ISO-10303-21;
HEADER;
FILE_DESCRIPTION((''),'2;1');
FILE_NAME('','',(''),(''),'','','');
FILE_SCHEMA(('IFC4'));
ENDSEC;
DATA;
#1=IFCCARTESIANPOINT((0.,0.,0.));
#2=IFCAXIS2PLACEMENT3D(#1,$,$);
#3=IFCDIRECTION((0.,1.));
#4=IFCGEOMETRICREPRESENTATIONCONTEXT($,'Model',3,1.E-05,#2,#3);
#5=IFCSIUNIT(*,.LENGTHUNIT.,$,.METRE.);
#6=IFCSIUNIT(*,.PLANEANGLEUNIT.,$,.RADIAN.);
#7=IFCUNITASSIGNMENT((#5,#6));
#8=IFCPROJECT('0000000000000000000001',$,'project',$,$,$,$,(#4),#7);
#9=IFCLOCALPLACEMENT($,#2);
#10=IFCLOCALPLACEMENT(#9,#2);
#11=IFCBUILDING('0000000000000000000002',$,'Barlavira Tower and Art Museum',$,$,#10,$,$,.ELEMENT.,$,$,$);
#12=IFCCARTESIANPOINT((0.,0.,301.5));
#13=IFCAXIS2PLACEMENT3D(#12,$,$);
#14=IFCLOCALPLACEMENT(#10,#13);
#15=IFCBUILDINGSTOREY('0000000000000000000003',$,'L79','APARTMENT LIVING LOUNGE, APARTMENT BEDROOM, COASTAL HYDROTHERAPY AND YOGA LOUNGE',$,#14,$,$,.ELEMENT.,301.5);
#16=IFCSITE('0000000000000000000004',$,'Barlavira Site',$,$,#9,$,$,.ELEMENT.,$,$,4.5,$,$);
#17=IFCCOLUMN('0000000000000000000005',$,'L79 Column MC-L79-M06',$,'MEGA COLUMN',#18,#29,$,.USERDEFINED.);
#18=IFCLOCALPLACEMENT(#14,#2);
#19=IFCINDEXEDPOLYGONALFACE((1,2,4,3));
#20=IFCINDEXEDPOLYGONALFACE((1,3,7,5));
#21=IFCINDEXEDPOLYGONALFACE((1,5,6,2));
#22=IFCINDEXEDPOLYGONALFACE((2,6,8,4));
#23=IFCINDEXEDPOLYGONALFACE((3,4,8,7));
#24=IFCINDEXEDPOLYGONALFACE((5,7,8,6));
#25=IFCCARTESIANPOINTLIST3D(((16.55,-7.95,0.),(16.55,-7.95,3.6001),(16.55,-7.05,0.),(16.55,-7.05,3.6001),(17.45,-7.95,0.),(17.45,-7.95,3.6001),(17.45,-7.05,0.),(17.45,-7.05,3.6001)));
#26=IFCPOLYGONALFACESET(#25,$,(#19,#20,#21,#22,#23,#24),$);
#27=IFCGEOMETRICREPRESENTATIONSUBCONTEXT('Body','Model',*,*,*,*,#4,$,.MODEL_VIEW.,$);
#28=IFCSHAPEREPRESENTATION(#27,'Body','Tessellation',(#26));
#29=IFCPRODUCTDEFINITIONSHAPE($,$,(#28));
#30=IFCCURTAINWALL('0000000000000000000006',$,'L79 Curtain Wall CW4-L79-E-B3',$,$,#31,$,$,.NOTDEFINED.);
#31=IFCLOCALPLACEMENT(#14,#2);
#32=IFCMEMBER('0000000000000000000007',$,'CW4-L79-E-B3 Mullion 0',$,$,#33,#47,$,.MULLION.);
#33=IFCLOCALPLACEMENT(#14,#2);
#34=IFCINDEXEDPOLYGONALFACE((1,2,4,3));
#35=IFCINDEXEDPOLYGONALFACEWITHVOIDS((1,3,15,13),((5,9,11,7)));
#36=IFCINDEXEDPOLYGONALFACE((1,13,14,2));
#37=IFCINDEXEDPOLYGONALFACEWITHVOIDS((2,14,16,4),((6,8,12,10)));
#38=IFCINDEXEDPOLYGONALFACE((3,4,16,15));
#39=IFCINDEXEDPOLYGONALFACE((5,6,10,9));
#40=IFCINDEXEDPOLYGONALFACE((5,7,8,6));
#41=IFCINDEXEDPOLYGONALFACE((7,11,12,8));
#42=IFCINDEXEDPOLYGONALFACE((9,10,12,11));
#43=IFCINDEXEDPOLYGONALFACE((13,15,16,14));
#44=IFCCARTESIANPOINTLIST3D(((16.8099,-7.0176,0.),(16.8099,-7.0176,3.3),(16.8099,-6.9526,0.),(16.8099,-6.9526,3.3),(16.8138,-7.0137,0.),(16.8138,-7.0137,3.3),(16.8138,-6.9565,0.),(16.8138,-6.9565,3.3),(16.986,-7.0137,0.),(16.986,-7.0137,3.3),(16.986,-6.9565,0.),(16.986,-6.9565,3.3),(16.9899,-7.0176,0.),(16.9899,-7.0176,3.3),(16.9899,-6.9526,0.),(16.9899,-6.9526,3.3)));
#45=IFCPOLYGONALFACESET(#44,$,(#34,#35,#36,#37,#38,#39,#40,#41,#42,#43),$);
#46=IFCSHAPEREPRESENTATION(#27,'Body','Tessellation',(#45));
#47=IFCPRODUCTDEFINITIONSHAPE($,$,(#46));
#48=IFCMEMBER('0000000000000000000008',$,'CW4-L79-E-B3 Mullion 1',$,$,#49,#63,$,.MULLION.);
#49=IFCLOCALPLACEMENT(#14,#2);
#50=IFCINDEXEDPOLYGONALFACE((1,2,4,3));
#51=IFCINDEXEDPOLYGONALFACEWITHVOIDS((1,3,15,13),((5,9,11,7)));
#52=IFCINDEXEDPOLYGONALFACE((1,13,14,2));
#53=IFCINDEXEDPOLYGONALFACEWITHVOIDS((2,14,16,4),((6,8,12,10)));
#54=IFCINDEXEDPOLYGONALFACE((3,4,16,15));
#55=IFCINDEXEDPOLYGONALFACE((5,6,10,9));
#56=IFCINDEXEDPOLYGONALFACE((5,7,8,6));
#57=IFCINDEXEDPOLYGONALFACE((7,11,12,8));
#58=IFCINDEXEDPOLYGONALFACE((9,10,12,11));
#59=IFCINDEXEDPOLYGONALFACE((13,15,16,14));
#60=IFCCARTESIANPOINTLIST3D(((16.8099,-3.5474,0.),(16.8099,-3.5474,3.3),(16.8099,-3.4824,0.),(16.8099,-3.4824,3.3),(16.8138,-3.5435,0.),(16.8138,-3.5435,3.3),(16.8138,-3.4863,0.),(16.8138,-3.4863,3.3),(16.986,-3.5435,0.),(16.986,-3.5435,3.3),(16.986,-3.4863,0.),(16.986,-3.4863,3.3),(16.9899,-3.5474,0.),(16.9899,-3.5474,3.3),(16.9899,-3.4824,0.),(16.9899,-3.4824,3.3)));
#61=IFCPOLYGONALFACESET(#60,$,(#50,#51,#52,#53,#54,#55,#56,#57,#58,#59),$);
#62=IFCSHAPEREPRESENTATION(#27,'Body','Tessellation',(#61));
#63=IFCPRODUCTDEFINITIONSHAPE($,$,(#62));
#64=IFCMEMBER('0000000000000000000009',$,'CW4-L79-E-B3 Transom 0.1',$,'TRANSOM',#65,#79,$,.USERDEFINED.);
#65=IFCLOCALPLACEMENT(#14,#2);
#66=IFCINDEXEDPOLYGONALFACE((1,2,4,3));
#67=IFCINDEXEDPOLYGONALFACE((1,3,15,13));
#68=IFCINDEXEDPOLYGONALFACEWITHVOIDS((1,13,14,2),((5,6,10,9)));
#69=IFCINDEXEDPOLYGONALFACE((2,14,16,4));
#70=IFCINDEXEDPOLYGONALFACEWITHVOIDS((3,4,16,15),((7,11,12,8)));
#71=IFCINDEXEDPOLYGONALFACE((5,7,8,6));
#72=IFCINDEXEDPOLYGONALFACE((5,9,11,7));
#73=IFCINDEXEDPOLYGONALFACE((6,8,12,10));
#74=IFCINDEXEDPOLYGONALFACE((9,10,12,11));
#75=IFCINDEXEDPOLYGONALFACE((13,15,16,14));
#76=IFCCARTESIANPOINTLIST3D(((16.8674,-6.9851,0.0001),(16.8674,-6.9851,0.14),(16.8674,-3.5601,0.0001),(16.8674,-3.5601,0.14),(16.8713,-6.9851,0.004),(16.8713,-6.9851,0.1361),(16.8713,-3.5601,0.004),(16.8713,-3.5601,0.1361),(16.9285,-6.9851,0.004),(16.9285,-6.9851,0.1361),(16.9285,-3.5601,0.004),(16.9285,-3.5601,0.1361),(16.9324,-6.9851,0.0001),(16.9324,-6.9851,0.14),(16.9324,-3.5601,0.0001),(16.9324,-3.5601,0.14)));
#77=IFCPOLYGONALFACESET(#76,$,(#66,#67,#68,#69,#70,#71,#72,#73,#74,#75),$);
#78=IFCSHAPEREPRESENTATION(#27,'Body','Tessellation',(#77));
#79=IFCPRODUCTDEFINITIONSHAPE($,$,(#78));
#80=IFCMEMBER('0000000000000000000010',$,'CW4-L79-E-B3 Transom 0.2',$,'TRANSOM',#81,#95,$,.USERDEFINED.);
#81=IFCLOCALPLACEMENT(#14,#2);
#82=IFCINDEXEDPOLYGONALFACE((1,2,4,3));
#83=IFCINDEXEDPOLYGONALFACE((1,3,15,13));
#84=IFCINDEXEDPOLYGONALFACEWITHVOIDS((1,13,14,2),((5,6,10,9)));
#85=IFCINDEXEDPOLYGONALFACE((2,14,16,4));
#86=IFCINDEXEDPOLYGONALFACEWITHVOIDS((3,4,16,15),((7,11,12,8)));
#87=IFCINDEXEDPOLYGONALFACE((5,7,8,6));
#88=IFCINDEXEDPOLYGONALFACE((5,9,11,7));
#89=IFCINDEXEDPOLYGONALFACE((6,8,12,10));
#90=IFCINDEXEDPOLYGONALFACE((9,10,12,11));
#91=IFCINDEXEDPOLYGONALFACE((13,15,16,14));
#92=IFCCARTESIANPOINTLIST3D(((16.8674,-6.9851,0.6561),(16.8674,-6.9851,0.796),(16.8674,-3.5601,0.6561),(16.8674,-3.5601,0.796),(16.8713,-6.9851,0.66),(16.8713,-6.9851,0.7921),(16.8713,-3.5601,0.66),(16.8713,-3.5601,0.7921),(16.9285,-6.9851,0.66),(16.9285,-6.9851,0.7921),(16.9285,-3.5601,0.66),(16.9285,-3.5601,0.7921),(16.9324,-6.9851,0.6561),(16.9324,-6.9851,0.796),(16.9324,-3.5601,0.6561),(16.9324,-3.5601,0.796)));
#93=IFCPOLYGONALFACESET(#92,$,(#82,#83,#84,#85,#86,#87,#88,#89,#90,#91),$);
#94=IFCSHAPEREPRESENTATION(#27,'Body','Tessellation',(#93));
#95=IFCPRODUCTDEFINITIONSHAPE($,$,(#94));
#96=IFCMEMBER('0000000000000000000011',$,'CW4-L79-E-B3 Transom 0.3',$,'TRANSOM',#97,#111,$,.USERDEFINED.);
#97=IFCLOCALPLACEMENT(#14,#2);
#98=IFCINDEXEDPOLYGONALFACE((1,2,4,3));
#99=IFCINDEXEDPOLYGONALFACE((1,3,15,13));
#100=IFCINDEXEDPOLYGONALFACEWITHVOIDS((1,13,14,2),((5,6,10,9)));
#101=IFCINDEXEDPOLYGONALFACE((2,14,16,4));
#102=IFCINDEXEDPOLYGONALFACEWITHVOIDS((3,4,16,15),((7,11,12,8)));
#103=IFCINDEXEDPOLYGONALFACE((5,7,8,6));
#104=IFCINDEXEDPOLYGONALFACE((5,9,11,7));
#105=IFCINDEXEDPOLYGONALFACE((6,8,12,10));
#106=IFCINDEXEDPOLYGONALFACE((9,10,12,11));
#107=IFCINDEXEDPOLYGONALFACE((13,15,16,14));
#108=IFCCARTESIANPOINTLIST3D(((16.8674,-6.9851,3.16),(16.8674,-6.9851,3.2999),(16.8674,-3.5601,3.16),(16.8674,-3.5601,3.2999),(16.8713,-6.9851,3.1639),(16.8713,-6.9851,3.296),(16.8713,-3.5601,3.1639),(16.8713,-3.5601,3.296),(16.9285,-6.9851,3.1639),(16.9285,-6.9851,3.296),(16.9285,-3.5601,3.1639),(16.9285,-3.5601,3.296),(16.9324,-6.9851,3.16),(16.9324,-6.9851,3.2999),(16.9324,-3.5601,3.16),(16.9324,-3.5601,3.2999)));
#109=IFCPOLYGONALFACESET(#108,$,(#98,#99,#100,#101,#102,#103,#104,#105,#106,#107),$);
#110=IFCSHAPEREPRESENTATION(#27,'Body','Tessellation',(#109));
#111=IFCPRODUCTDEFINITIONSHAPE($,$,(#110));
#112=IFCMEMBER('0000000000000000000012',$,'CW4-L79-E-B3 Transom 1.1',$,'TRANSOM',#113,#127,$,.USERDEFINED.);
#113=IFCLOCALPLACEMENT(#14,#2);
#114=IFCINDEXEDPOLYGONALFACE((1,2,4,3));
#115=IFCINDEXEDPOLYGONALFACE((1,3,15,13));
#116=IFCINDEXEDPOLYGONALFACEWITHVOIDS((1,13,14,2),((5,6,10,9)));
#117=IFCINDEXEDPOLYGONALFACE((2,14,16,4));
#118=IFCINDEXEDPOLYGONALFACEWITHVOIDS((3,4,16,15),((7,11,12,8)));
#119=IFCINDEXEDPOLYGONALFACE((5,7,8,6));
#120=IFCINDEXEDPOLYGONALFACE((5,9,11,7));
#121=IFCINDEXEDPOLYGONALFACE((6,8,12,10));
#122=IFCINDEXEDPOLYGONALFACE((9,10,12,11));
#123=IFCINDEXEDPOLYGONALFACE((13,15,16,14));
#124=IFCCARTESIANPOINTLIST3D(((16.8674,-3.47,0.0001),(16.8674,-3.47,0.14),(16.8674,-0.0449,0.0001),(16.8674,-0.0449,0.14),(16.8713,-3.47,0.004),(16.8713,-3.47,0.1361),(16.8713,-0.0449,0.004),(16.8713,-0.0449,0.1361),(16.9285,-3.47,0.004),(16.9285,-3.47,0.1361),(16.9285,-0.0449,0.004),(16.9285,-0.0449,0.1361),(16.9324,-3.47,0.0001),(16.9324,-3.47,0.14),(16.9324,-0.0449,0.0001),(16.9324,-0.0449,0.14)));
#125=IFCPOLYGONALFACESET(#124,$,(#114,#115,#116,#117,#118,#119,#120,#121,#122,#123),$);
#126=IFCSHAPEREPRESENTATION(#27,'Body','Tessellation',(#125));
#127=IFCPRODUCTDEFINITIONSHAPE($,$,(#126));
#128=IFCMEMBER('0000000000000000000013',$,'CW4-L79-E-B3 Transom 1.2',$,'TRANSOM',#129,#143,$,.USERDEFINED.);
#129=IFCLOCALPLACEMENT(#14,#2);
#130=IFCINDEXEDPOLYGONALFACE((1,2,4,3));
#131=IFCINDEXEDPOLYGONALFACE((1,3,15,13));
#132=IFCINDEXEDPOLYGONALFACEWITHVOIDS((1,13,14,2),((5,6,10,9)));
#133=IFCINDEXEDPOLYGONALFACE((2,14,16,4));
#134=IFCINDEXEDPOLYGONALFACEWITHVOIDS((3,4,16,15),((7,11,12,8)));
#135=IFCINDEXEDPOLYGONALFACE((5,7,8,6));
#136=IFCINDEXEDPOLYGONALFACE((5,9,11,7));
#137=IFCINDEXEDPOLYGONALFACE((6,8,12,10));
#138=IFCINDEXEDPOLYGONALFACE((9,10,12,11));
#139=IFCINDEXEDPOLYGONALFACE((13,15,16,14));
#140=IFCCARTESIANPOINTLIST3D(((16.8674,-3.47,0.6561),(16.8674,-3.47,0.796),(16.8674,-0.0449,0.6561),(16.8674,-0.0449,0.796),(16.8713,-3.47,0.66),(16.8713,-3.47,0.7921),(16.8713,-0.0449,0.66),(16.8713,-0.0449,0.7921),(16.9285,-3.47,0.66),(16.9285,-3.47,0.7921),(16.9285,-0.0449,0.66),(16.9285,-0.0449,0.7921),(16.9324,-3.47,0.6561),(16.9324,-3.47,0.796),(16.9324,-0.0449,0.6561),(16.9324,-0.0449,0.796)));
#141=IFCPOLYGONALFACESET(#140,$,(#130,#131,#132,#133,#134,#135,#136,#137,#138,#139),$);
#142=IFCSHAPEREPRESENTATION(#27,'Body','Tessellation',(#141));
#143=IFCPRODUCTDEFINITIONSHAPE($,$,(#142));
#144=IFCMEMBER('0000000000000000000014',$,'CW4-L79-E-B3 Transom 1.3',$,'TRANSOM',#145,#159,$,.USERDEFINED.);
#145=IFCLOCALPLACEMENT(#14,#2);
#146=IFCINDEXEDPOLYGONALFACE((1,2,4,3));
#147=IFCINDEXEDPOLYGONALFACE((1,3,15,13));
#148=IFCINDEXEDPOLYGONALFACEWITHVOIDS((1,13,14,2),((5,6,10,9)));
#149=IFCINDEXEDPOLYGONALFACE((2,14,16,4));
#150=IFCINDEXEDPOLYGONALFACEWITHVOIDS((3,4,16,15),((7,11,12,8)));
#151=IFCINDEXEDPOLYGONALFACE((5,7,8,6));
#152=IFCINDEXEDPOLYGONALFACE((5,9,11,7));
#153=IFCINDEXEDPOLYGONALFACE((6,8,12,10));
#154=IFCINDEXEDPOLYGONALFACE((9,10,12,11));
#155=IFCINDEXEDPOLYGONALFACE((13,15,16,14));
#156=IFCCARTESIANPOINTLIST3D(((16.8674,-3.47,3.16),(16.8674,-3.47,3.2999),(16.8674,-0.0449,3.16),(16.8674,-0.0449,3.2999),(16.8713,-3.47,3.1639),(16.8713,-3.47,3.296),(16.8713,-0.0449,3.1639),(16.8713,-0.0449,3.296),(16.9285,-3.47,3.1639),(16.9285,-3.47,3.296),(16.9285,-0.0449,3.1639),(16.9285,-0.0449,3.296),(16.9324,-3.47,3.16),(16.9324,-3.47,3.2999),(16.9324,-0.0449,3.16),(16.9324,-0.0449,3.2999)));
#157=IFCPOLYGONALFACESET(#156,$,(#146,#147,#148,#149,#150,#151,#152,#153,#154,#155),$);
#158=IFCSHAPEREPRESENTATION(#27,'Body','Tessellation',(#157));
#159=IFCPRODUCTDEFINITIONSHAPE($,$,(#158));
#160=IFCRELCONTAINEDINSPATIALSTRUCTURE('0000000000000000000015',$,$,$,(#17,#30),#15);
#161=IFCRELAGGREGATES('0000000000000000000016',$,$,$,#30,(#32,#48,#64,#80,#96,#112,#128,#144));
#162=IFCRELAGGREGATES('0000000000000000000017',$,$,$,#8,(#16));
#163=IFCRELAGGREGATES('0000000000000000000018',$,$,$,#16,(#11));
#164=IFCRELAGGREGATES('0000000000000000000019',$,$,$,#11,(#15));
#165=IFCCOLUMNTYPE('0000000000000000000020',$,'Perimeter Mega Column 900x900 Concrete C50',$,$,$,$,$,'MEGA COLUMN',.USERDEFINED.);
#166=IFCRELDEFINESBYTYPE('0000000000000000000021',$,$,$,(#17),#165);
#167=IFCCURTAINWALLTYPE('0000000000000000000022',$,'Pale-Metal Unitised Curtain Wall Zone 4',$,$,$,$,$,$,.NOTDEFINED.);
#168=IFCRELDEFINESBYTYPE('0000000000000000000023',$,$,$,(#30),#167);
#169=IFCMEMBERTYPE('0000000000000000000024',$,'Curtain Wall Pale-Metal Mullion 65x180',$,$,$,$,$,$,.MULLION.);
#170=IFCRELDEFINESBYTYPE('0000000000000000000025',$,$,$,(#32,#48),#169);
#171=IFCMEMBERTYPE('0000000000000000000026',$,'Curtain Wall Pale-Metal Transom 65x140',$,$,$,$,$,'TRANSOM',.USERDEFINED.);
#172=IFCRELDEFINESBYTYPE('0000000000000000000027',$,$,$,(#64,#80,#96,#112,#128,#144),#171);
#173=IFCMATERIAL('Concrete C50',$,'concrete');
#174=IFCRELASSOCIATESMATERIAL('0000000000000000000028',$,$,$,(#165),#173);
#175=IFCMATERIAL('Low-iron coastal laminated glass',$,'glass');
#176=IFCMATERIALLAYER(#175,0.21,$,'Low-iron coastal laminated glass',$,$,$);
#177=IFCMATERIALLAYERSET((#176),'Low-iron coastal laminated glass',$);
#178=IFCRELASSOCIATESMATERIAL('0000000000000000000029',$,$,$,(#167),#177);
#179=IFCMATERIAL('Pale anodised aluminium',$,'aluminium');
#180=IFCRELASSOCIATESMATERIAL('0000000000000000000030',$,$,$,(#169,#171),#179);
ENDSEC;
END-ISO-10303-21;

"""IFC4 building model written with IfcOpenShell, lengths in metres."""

from ifc_helpers import new_model, si_unit, direction, frame, origin, origin_2d, place, context, subcontext, project, spatial, rectangle, hollow_rectangle, extrude, material, layer, layer_set, material_profile, profile_set, type_object, element, aggregate, save


model = new_model("IFC4")

# Units and contexts
model_context = context("Model", 3, precision=1e-05, world=origin(), true_north=direction((0.0, 1.0)))
body_context = subcontext(model_context, "Body", "Model", "MODEL_VIEW")
ifc_project = project(units=[si_unit("LENGTHUNIT", "METRE"), si_unit("PLANEANGLEUNIT", "RADIAN")], contexts=[model_context])

# Site, building, storey
site_placement = place(None, origin())
site = spatial("IfcSite", under=ifc_project, at=site_placement, Name="Barlavira Site", CompositionType="ELEMENT", RefElevation=4.5)
building_placement = place(site_placement, origin())
building = spatial("IfcBuilding", under=site, at=building_placement, Name="Barlavira Tower and Art Museum", CompositionType="ELEMENT")
storey_placement = place(building_placement, frame((0.0, 0.0, 301.5)))
storey = spatial("IfcBuildingStorey", under=building, at=storey_placement, Name="L79", Description="APARTMENT LIVING LOUNGE, APARTMENT BEDROOM, COASTAL HYDROTHERAPY AND YOGA LOUNGE", CompositionType="ELEMENT", Elevation=301.5)

# Column
ifc_material_1 = material(Name="Concrete C50", Category="concrete")
ifc_material_profile_1 = material_profile(ifc_material_1, rectangle(XDim=0.8999, YDim=0.8999, at=origin_2d()), Name="RC-COL 900x900")
ifc_profile_set_1 = profile_set([ifc_material_profile_1], Name="Concrete C50")
column_type = type_object("IfcColumnType", Name="Perimeter Mega Column 900x900 Concrete C50", ElementType="MEGA COLUMN", PredefinedType="USERDEFINED", material=ifc_profile_set_1)
column_placement = place(storey_placement, frame((17.0, -7.5, 0.0), z_axis=(0.0, 0.0, 1.0), x_axis=(1.0, 0.0, 0.0)))
element("IfcColumn", 1, at=column_placement, inside=storey, type_object=column_type, Name="L79 Column MC-L79-M06", ObjectType="MEGA COLUMN", PredefinedType="USERDEFINED", context=body_context, shape_type="SweptSolid", body=[
    extrude(rectangle(XDim=0.8999, YDim=0.8999, at=origin_2d()), origin(), (0.0, 0.0, 1.0), 3.6001),
])

# Curtain wall, members
ifc_material_2 = material(Name="Low-iron coastal laminated glass", Category="glass")
ifc_layer_1 = layer(ifc_material_2, 0.21, Name="Low-iron coastal laminated glass")
ifc_layer_set_1 = layer_set([ifc_layer_1], Name="Low-iron coastal laminated glass")
curtain_wall_type = type_object("IfcCurtainWallType", Name="Pale-Metal Unitised Curtain Wall Zone 4", PredefinedType="NOTDEFINED", material=ifc_layer_set_1)
curtain_wall_placement = place(storey_placement, origin())
curtain_wall = element("IfcCurtainWall", 2, at=curtain_wall_placement, inside=storey, type_object=curtain_wall_type, Name="L79 Curtain Wall CW4-L79-E-B3", PredefinedType="NOTDEFINED")
ifc_material_3 = material(Name="Pale anodised aluminium", Category="aluminium")
ifc_material_profile_2 = material_profile(ifc_material_3, hollow_rectangle(XDim=0.0649, YDim=0.1799, WallThickness=0.0039, at=origin_2d()), Name="ALU-MULL 65x180x4")
ifc_profile_set_2 = profile_set([ifc_material_profile_2], Name="Pale anodised aluminium")
member_type_1 = type_object("IfcMemberType", Name="Curtain Wall Pale-Metal Mullion 65x180", PredefinedType="MULLION", material=ifc_profile_set_2)
member_1_placement = place(storey_placement, frame((16.8999, -6.9851, 0.0), z_axis=(0.0, 0.0, 1.0), x_axis=(0.0, 1.0, 0.0)))
member_1 = element("IfcMember", 3, at=member_1_placement, type_object=member_type_1, Name="CW4-L79-E-B3 Mullion 0", PredefinedType="MULLION", context=body_context, shape_type="SweptSolid", body=[
    extrude(hollow_rectangle(XDim=0.0649, YDim=0.1799, WallThickness=0.0039, at=origin_2d()), origin(), (0.0, 0.0, 1.0), 3.3),
])
member_2_placement = place(storey_placement, frame((16.8999, -3.5149, 0.0), z_axis=(0.0, 0.0, 1.0), x_axis=(0.0, 1.0, 0.0)))
member_2 = element("IfcMember", 4, at=member_2_placement, type_object=member_type_1, Name="CW4-L79-E-B3 Mullion 1", PredefinedType="MULLION", context=body_context, shape_type="SweptSolid", body=[
    extrude(hollow_rectangle(XDim=0.0649, YDim=0.1799, WallThickness=0.0039, at=origin_2d()), origin(), (0.0, 0.0, 1.0), 3.3),
])
ifc_material_profile_3 = material_profile(ifc_material_3, hollow_rectangle(XDim=0.0649, YDim=0.1399, WallThickness=0.0039, at=origin_2d()), Name="ALU-TRAN 65x140x4")
ifc_profile_set_3 = profile_set([ifc_material_profile_3], Name="Pale anodised aluminium")
member_type_2 = type_object("IfcMemberType", Name="Curtain Wall Pale-Metal Transom 65x140", ElementType="TRANSOM", PredefinedType="USERDEFINED", material=ifc_profile_set_3)
member_3_placement = place(storey_placement, frame((16.8999, -6.9851, 0.0701), z_axis=(0.0, 1.0, 0.0), x_axis=(-1.0, 0.0, 0.0)))
member_3 = element("IfcMember", 5, at=member_3_placement, type_object=member_type_2, Name="CW4-L79-E-B3 Transom 0.1", ObjectType="TRANSOM", PredefinedType="USERDEFINED", context=body_context, shape_type="SweptSolid", body=[
    extrude(hollow_rectangle(XDim=0.0649, YDim=0.1399, WallThickness=0.0039, at=origin_2d()), origin(), (0.0, 0.0, 1.0), 3.425),
])
member_4_placement = place(storey_placement, frame((16.8999, -6.9851, 0.7261), z_axis=(0.0, 1.0, 0.0), x_axis=(-1.0, 0.0, 0.0)))
member_4 = element("IfcMember", 6, at=member_4_placement, type_object=member_type_2, Name="CW4-L79-E-B3 Transom 0.2", ObjectType="TRANSOM", PredefinedType="USERDEFINED", context=body_context, shape_type="SweptSolid", body=[
    extrude(hollow_rectangle(XDim=0.0649, YDim=0.1399, WallThickness=0.0039, at=origin_2d()), origin(), (0.0, 0.0, 1.0), 3.425),
])
member_5_placement = place(storey_placement, frame((16.8999, -6.9851, 3.23), z_axis=(0.0, 1.0, 0.0), x_axis=(-1.0, 0.0, 0.0)))
member_5 = element("IfcMember", 7, at=member_5_placement, type_object=member_type_2, Name="CW4-L79-E-B3 Transom 0.3", ObjectType="TRANSOM", PredefinedType="USERDEFINED", context=body_context, shape_type="SweptSolid", body=[
    extrude(hollow_rectangle(XDim=0.0649, YDim=0.1399, WallThickness=0.0039, at=origin_2d()), origin(), (0.0, 0.0, 1.0), 3.425),
])
member_6_placement = place(storey_placement, frame((16.8999, -3.47, 0.0701), z_axis=(0.0, 1.0, 0.0), x_axis=(-1.0, 0.0, 0.0)))
member_6 = element("IfcMember", 8, at=member_6_placement, type_object=member_type_2, Name="CW4-L79-E-B3 Transom 1.1", ObjectType="TRANSOM", PredefinedType="USERDEFINED", context=body_context, shape_type="SweptSolid", body=[
    extrude(hollow_rectangle(XDim=0.0649, YDim=0.1399, WallThickness=0.0039, at=origin_2d()), origin(), (0.0, 0.0, 1.0), 3.425),
])
member_7_placement = place(storey_placement, frame((16.8999, -3.47, 0.7261), z_axis=(0.0, 1.0, 0.0), x_axis=(-1.0, 0.0, 0.0)))
member_7 = element("IfcMember", 9, at=member_7_placement, type_object=member_type_2, Name="CW4-L79-E-B3 Transom 1.2", ObjectType="TRANSOM", PredefinedType="USERDEFINED", context=body_context, shape_type="SweptSolid", body=[
    extrude(hollow_rectangle(XDim=0.0649, YDim=0.1399, WallThickness=0.0039, at=origin_2d()), origin(), (0.0, 0.0, 1.0), 3.425),
])
member_8_placement = place(storey_placement, frame((16.8999, -3.47, 3.23), z_axis=(0.0, 1.0, 0.0), x_axis=(-1.0, 0.0, 0.0)))
member_8 = element("IfcMember", 10, at=member_8_placement, type_object=member_type_2, Name="CW4-L79-E-B3 Transom 1.3", ObjectType="TRANSOM", PredefinedType="USERDEFINED", context=body_context, shape_type="SweptSolid", body=[
    extrude(hollow_rectangle(XDim=0.0649, YDim=0.1399, WallThickness=0.0039, at=origin_2d()), origin(), (0.0, 0.0, 1.0), 3.425),
])

aggregate(curtain_wall, [member_1, member_2, member_3, member_4, member_5, member_6, member_7, member_8])

save(model, "model.ifc")
